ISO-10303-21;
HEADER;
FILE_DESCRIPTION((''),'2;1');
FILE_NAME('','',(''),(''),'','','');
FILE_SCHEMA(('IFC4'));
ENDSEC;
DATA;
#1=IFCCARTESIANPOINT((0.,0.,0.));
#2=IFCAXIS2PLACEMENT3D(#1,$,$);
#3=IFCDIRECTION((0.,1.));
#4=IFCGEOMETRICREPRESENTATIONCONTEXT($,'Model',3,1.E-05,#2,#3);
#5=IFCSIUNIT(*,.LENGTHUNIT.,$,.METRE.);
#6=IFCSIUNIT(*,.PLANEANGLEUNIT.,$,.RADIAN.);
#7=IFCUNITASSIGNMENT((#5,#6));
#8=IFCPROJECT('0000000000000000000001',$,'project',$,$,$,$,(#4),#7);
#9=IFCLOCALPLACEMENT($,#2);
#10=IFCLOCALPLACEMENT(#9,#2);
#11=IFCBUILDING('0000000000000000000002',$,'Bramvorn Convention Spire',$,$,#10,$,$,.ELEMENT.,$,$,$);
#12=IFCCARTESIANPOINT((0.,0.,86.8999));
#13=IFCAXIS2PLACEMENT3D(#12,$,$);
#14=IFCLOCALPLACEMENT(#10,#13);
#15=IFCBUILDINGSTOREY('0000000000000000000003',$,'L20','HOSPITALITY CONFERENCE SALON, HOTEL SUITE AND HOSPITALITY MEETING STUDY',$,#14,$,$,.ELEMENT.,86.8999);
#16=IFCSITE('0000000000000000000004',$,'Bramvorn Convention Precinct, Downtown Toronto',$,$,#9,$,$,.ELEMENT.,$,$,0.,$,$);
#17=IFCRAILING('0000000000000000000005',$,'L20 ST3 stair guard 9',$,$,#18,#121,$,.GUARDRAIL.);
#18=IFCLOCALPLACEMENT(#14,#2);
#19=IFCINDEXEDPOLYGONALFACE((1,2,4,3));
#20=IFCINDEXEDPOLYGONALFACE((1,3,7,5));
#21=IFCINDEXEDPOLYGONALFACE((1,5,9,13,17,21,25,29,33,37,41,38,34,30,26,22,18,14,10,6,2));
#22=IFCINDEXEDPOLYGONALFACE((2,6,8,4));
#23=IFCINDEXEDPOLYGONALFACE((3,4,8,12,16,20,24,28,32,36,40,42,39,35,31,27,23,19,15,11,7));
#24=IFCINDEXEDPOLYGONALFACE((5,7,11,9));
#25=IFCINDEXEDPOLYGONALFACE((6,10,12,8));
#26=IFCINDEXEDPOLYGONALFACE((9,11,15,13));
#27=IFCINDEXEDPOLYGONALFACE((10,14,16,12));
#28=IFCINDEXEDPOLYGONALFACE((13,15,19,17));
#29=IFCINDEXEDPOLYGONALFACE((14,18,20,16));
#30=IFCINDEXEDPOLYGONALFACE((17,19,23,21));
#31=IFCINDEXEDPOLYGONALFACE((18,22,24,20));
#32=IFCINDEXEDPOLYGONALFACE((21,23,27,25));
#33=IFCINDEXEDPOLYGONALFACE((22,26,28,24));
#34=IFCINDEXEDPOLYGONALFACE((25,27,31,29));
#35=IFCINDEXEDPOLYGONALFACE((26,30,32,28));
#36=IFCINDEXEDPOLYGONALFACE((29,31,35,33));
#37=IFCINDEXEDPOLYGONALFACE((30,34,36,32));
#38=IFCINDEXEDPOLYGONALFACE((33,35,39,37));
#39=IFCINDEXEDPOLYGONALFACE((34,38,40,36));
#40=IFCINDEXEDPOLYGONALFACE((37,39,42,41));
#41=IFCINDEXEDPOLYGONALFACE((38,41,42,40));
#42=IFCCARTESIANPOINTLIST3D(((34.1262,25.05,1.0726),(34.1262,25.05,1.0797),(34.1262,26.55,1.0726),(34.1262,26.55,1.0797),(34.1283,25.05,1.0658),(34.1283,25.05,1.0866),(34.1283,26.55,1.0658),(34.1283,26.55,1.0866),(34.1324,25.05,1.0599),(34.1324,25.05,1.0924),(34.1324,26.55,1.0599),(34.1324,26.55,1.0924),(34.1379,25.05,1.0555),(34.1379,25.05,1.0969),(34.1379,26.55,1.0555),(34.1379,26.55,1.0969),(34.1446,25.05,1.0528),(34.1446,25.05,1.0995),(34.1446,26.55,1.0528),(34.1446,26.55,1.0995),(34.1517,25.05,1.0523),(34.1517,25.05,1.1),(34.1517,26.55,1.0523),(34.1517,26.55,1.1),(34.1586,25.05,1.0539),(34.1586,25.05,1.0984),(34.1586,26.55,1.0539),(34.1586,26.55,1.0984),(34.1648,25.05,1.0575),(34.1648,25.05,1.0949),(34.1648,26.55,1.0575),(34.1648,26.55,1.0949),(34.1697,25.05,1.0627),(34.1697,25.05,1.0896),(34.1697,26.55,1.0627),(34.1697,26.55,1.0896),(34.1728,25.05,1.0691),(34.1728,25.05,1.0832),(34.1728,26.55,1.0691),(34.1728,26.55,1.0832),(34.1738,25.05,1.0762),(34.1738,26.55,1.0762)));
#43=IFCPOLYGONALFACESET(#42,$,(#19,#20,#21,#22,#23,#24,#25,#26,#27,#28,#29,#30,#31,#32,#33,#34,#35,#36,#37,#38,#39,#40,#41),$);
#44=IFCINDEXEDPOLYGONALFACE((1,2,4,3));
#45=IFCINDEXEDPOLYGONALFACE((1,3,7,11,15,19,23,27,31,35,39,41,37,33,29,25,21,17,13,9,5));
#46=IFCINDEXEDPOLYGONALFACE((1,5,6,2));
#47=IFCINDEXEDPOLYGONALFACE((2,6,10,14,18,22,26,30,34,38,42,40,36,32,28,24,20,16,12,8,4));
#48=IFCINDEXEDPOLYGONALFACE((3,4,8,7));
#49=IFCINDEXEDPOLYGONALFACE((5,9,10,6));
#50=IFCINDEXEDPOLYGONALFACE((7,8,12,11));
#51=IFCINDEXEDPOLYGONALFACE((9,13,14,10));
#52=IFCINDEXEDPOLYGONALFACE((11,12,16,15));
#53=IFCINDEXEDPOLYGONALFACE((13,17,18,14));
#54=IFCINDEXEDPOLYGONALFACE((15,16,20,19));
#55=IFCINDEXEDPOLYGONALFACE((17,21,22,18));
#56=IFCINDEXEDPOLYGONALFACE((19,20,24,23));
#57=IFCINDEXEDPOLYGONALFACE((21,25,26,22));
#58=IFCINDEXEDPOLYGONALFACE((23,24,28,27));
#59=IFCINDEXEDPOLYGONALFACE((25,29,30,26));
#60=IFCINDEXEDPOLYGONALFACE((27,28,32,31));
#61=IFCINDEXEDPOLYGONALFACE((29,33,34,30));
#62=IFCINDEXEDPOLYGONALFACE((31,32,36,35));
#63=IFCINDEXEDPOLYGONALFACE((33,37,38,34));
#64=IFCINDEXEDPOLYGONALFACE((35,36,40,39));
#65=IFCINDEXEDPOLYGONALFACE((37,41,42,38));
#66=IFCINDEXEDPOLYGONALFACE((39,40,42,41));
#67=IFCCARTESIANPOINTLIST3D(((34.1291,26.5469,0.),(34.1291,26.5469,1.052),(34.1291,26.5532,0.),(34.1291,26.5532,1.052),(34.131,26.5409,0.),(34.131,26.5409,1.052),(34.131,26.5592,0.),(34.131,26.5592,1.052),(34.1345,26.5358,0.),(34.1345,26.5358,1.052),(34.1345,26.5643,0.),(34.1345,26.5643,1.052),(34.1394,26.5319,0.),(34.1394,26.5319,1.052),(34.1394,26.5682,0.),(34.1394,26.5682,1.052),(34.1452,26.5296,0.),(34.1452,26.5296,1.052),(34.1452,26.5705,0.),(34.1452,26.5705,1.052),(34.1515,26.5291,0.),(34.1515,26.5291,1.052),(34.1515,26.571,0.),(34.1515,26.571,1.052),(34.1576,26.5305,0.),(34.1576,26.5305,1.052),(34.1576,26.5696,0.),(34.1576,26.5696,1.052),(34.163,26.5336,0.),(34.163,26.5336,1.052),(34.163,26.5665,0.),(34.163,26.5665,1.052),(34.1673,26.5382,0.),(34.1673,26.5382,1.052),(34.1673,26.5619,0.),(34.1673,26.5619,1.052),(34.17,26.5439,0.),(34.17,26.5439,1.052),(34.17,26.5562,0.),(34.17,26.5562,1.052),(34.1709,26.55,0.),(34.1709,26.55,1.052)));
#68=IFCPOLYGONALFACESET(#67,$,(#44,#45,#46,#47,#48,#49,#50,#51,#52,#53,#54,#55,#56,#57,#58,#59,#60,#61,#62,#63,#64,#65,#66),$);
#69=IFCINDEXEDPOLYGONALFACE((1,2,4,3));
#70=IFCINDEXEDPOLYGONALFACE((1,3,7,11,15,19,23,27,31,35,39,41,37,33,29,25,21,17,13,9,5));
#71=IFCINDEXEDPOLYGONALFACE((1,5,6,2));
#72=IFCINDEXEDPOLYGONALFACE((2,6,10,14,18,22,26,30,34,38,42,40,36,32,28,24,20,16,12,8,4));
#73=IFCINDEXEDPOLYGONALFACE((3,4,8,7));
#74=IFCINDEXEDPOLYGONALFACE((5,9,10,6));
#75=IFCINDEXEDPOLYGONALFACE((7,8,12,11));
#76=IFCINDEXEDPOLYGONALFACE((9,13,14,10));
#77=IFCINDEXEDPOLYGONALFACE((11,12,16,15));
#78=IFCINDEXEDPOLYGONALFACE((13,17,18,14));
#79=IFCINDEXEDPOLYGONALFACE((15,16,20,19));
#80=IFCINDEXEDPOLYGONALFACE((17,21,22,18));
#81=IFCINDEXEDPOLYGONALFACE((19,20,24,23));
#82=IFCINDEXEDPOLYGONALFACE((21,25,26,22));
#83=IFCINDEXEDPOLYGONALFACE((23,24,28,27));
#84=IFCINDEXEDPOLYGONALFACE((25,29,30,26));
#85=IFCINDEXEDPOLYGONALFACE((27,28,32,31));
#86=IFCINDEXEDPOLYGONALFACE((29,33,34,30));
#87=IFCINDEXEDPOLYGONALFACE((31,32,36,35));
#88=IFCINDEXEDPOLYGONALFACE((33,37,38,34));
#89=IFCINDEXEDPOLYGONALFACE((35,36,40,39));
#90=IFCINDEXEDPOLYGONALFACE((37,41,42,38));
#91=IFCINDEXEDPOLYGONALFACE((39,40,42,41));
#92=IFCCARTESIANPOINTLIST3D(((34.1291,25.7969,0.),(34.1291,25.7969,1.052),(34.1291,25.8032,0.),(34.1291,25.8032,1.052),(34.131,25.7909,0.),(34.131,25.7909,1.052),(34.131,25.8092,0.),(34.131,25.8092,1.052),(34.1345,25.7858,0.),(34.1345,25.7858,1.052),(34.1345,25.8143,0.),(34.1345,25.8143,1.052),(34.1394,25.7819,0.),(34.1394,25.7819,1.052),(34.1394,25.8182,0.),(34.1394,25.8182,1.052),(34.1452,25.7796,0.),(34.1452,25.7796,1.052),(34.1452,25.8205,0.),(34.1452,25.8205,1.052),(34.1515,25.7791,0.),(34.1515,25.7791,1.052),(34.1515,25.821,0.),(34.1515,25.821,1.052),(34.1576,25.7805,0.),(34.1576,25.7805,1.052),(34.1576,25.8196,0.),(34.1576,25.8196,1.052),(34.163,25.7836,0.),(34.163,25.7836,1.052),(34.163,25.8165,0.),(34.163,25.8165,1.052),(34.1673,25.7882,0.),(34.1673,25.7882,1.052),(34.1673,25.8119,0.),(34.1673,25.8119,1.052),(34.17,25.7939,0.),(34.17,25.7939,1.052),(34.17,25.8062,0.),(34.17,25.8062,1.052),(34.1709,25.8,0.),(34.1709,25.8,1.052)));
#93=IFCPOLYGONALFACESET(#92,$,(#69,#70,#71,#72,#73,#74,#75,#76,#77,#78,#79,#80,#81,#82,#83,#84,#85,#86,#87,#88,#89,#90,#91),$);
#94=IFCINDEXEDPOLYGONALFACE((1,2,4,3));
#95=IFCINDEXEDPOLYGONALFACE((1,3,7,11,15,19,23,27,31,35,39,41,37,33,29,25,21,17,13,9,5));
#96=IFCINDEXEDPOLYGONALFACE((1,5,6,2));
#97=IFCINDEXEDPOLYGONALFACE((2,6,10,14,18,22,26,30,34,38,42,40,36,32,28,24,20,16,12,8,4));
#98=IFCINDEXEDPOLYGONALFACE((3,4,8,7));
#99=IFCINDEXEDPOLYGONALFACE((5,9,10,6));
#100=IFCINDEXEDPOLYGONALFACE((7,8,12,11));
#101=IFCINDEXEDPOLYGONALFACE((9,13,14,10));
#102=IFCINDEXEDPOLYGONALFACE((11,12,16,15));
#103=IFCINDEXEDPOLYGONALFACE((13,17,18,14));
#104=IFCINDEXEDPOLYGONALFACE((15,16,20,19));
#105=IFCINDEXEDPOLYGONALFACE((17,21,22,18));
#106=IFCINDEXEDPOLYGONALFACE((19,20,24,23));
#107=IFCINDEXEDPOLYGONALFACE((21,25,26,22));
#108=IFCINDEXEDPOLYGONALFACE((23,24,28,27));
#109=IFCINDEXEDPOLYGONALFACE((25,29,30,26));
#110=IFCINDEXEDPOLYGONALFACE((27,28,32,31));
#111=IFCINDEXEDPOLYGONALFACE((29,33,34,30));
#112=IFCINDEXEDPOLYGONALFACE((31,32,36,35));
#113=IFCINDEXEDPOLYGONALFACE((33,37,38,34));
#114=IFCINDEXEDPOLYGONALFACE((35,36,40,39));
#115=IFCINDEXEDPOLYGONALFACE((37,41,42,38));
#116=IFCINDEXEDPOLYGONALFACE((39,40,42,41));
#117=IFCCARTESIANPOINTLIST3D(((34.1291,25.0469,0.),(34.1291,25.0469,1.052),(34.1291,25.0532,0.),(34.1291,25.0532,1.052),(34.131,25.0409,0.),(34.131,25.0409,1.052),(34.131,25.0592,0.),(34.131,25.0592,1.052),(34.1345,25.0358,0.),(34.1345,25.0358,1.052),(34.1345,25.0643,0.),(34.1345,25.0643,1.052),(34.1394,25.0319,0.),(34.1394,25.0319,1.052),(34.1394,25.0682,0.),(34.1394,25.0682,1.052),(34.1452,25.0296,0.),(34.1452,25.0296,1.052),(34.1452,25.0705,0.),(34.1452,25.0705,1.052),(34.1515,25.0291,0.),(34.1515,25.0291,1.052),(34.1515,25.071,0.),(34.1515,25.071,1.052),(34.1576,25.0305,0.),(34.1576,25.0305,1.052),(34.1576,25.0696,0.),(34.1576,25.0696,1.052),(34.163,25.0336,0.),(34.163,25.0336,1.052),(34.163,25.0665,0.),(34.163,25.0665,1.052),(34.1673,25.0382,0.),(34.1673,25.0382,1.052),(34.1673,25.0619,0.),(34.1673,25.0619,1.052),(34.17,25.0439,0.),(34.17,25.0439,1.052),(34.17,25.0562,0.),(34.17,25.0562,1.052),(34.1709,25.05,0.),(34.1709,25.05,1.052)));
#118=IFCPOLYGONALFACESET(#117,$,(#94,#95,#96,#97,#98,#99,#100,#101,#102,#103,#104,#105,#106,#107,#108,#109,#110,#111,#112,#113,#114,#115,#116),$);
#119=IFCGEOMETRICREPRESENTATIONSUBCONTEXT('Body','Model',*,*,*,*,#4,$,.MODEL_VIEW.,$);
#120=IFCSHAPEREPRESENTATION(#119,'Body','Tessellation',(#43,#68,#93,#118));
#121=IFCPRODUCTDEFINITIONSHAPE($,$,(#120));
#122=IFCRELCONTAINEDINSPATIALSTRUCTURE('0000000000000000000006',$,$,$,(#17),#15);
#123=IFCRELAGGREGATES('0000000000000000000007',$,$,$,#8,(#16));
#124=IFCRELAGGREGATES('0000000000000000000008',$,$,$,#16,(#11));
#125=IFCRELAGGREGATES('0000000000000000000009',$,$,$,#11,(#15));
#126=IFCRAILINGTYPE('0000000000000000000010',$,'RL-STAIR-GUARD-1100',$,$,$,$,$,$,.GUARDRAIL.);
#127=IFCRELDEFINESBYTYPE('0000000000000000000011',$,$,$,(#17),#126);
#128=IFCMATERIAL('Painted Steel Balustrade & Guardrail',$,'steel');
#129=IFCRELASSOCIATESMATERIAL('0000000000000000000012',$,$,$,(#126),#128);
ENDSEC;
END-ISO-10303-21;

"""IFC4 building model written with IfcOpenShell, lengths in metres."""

from ifc_helpers import new_model, si_unit, direction, frame, origin, origin_2d, place, context, subcontext, project, spatial, circle, extrude, material, type_object, element, save


model = new_model("IFC4")

# Units and contexts
model_context = context("Model", 3, precision=1e-05, world=origin(), true_north=direction((0.0, 1.0)))
body_context = subcontext(model_context, "Body", "Model", "MODEL_VIEW")
ifc_project = project(units=[si_unit("LENGTHUNIT", "METRE"), si_unit("PLANEANGLEUNIT", "RADIAN")], contexts=[model_context])

# Site, building, storey
site_placement = place(None, origin())
site = spatial("IfcSite", under=ifc_project, at=site_placement, Name="Bramvorn Convention Precinct, Downtown Toronto", CompositionType="ELEMENT", RefElevation=0.0)
building_placement = place(site_placement, origin())
building = spatial("IfcBuilding", under=site, at=building_placement, Name="Bramvorn Convention Spire", CompositionType="ELEMENT")
storey_placement = place(building_placement, frame((0.0, 0.0, 86.8999)))
storey = spatial("IfcBuildingStorey", under=building, at=storey_placement, Name="L20", Description="HOSPITALITY CONFERENCE SALON, HOTEL SUITE AND HOSPITALITY MEETING STUDY", CompositionType="ELEMENT", Elevation=86.8999)

# Railing
ifc_material_1 = material(Name="Painted Steel Balustrade & Guardrail", Category="steel")
railing_type_1 = type_object("IfcRailingType", Name="RL-STAIR-GUARD-1100", PredefinedType="GUARDRAIL", material=ifc_material_1)
for number, where, name in (
    (1, (34.1499, 26.55, 0.0), "L20 ST3 stair guard 9"),
):
    element("IfcRailing", number, at=place(storey_placement, frame(where)), inside=storey, type_object=railing_type_1, Name=name, PredefinedType="GUARDRAIL", context=body_context, shape_type="SweptSolid", body=[
        extrude(circle(Radius=0.0239, at=origin_2d()), frame((0.0, 0.0, 1.0762), z_axis=(0.0, -1.0, 0.0), x_axis=(1.0, 0.0, 0.0)), (0.0, 0.0, 1.0), 1.5),
        extrude(circle(Radius=0.021, at=origin_2d()), origin(), (0.0, 0.0, 1.0), 1.052),
        extrude(circle(Radius=0.021, at=origin_2d()), frame((0.0, -0.75, 0.0)), (0.0, 0.0, 1.0), 1.052),
        extrude(circle(Radius=0.021, at=origin_2d()), frame((0.0, -1.5, 0.0)), (0.0, 0.0, 1.0), 1.052),
    ])

save(model, "model.ifc")
